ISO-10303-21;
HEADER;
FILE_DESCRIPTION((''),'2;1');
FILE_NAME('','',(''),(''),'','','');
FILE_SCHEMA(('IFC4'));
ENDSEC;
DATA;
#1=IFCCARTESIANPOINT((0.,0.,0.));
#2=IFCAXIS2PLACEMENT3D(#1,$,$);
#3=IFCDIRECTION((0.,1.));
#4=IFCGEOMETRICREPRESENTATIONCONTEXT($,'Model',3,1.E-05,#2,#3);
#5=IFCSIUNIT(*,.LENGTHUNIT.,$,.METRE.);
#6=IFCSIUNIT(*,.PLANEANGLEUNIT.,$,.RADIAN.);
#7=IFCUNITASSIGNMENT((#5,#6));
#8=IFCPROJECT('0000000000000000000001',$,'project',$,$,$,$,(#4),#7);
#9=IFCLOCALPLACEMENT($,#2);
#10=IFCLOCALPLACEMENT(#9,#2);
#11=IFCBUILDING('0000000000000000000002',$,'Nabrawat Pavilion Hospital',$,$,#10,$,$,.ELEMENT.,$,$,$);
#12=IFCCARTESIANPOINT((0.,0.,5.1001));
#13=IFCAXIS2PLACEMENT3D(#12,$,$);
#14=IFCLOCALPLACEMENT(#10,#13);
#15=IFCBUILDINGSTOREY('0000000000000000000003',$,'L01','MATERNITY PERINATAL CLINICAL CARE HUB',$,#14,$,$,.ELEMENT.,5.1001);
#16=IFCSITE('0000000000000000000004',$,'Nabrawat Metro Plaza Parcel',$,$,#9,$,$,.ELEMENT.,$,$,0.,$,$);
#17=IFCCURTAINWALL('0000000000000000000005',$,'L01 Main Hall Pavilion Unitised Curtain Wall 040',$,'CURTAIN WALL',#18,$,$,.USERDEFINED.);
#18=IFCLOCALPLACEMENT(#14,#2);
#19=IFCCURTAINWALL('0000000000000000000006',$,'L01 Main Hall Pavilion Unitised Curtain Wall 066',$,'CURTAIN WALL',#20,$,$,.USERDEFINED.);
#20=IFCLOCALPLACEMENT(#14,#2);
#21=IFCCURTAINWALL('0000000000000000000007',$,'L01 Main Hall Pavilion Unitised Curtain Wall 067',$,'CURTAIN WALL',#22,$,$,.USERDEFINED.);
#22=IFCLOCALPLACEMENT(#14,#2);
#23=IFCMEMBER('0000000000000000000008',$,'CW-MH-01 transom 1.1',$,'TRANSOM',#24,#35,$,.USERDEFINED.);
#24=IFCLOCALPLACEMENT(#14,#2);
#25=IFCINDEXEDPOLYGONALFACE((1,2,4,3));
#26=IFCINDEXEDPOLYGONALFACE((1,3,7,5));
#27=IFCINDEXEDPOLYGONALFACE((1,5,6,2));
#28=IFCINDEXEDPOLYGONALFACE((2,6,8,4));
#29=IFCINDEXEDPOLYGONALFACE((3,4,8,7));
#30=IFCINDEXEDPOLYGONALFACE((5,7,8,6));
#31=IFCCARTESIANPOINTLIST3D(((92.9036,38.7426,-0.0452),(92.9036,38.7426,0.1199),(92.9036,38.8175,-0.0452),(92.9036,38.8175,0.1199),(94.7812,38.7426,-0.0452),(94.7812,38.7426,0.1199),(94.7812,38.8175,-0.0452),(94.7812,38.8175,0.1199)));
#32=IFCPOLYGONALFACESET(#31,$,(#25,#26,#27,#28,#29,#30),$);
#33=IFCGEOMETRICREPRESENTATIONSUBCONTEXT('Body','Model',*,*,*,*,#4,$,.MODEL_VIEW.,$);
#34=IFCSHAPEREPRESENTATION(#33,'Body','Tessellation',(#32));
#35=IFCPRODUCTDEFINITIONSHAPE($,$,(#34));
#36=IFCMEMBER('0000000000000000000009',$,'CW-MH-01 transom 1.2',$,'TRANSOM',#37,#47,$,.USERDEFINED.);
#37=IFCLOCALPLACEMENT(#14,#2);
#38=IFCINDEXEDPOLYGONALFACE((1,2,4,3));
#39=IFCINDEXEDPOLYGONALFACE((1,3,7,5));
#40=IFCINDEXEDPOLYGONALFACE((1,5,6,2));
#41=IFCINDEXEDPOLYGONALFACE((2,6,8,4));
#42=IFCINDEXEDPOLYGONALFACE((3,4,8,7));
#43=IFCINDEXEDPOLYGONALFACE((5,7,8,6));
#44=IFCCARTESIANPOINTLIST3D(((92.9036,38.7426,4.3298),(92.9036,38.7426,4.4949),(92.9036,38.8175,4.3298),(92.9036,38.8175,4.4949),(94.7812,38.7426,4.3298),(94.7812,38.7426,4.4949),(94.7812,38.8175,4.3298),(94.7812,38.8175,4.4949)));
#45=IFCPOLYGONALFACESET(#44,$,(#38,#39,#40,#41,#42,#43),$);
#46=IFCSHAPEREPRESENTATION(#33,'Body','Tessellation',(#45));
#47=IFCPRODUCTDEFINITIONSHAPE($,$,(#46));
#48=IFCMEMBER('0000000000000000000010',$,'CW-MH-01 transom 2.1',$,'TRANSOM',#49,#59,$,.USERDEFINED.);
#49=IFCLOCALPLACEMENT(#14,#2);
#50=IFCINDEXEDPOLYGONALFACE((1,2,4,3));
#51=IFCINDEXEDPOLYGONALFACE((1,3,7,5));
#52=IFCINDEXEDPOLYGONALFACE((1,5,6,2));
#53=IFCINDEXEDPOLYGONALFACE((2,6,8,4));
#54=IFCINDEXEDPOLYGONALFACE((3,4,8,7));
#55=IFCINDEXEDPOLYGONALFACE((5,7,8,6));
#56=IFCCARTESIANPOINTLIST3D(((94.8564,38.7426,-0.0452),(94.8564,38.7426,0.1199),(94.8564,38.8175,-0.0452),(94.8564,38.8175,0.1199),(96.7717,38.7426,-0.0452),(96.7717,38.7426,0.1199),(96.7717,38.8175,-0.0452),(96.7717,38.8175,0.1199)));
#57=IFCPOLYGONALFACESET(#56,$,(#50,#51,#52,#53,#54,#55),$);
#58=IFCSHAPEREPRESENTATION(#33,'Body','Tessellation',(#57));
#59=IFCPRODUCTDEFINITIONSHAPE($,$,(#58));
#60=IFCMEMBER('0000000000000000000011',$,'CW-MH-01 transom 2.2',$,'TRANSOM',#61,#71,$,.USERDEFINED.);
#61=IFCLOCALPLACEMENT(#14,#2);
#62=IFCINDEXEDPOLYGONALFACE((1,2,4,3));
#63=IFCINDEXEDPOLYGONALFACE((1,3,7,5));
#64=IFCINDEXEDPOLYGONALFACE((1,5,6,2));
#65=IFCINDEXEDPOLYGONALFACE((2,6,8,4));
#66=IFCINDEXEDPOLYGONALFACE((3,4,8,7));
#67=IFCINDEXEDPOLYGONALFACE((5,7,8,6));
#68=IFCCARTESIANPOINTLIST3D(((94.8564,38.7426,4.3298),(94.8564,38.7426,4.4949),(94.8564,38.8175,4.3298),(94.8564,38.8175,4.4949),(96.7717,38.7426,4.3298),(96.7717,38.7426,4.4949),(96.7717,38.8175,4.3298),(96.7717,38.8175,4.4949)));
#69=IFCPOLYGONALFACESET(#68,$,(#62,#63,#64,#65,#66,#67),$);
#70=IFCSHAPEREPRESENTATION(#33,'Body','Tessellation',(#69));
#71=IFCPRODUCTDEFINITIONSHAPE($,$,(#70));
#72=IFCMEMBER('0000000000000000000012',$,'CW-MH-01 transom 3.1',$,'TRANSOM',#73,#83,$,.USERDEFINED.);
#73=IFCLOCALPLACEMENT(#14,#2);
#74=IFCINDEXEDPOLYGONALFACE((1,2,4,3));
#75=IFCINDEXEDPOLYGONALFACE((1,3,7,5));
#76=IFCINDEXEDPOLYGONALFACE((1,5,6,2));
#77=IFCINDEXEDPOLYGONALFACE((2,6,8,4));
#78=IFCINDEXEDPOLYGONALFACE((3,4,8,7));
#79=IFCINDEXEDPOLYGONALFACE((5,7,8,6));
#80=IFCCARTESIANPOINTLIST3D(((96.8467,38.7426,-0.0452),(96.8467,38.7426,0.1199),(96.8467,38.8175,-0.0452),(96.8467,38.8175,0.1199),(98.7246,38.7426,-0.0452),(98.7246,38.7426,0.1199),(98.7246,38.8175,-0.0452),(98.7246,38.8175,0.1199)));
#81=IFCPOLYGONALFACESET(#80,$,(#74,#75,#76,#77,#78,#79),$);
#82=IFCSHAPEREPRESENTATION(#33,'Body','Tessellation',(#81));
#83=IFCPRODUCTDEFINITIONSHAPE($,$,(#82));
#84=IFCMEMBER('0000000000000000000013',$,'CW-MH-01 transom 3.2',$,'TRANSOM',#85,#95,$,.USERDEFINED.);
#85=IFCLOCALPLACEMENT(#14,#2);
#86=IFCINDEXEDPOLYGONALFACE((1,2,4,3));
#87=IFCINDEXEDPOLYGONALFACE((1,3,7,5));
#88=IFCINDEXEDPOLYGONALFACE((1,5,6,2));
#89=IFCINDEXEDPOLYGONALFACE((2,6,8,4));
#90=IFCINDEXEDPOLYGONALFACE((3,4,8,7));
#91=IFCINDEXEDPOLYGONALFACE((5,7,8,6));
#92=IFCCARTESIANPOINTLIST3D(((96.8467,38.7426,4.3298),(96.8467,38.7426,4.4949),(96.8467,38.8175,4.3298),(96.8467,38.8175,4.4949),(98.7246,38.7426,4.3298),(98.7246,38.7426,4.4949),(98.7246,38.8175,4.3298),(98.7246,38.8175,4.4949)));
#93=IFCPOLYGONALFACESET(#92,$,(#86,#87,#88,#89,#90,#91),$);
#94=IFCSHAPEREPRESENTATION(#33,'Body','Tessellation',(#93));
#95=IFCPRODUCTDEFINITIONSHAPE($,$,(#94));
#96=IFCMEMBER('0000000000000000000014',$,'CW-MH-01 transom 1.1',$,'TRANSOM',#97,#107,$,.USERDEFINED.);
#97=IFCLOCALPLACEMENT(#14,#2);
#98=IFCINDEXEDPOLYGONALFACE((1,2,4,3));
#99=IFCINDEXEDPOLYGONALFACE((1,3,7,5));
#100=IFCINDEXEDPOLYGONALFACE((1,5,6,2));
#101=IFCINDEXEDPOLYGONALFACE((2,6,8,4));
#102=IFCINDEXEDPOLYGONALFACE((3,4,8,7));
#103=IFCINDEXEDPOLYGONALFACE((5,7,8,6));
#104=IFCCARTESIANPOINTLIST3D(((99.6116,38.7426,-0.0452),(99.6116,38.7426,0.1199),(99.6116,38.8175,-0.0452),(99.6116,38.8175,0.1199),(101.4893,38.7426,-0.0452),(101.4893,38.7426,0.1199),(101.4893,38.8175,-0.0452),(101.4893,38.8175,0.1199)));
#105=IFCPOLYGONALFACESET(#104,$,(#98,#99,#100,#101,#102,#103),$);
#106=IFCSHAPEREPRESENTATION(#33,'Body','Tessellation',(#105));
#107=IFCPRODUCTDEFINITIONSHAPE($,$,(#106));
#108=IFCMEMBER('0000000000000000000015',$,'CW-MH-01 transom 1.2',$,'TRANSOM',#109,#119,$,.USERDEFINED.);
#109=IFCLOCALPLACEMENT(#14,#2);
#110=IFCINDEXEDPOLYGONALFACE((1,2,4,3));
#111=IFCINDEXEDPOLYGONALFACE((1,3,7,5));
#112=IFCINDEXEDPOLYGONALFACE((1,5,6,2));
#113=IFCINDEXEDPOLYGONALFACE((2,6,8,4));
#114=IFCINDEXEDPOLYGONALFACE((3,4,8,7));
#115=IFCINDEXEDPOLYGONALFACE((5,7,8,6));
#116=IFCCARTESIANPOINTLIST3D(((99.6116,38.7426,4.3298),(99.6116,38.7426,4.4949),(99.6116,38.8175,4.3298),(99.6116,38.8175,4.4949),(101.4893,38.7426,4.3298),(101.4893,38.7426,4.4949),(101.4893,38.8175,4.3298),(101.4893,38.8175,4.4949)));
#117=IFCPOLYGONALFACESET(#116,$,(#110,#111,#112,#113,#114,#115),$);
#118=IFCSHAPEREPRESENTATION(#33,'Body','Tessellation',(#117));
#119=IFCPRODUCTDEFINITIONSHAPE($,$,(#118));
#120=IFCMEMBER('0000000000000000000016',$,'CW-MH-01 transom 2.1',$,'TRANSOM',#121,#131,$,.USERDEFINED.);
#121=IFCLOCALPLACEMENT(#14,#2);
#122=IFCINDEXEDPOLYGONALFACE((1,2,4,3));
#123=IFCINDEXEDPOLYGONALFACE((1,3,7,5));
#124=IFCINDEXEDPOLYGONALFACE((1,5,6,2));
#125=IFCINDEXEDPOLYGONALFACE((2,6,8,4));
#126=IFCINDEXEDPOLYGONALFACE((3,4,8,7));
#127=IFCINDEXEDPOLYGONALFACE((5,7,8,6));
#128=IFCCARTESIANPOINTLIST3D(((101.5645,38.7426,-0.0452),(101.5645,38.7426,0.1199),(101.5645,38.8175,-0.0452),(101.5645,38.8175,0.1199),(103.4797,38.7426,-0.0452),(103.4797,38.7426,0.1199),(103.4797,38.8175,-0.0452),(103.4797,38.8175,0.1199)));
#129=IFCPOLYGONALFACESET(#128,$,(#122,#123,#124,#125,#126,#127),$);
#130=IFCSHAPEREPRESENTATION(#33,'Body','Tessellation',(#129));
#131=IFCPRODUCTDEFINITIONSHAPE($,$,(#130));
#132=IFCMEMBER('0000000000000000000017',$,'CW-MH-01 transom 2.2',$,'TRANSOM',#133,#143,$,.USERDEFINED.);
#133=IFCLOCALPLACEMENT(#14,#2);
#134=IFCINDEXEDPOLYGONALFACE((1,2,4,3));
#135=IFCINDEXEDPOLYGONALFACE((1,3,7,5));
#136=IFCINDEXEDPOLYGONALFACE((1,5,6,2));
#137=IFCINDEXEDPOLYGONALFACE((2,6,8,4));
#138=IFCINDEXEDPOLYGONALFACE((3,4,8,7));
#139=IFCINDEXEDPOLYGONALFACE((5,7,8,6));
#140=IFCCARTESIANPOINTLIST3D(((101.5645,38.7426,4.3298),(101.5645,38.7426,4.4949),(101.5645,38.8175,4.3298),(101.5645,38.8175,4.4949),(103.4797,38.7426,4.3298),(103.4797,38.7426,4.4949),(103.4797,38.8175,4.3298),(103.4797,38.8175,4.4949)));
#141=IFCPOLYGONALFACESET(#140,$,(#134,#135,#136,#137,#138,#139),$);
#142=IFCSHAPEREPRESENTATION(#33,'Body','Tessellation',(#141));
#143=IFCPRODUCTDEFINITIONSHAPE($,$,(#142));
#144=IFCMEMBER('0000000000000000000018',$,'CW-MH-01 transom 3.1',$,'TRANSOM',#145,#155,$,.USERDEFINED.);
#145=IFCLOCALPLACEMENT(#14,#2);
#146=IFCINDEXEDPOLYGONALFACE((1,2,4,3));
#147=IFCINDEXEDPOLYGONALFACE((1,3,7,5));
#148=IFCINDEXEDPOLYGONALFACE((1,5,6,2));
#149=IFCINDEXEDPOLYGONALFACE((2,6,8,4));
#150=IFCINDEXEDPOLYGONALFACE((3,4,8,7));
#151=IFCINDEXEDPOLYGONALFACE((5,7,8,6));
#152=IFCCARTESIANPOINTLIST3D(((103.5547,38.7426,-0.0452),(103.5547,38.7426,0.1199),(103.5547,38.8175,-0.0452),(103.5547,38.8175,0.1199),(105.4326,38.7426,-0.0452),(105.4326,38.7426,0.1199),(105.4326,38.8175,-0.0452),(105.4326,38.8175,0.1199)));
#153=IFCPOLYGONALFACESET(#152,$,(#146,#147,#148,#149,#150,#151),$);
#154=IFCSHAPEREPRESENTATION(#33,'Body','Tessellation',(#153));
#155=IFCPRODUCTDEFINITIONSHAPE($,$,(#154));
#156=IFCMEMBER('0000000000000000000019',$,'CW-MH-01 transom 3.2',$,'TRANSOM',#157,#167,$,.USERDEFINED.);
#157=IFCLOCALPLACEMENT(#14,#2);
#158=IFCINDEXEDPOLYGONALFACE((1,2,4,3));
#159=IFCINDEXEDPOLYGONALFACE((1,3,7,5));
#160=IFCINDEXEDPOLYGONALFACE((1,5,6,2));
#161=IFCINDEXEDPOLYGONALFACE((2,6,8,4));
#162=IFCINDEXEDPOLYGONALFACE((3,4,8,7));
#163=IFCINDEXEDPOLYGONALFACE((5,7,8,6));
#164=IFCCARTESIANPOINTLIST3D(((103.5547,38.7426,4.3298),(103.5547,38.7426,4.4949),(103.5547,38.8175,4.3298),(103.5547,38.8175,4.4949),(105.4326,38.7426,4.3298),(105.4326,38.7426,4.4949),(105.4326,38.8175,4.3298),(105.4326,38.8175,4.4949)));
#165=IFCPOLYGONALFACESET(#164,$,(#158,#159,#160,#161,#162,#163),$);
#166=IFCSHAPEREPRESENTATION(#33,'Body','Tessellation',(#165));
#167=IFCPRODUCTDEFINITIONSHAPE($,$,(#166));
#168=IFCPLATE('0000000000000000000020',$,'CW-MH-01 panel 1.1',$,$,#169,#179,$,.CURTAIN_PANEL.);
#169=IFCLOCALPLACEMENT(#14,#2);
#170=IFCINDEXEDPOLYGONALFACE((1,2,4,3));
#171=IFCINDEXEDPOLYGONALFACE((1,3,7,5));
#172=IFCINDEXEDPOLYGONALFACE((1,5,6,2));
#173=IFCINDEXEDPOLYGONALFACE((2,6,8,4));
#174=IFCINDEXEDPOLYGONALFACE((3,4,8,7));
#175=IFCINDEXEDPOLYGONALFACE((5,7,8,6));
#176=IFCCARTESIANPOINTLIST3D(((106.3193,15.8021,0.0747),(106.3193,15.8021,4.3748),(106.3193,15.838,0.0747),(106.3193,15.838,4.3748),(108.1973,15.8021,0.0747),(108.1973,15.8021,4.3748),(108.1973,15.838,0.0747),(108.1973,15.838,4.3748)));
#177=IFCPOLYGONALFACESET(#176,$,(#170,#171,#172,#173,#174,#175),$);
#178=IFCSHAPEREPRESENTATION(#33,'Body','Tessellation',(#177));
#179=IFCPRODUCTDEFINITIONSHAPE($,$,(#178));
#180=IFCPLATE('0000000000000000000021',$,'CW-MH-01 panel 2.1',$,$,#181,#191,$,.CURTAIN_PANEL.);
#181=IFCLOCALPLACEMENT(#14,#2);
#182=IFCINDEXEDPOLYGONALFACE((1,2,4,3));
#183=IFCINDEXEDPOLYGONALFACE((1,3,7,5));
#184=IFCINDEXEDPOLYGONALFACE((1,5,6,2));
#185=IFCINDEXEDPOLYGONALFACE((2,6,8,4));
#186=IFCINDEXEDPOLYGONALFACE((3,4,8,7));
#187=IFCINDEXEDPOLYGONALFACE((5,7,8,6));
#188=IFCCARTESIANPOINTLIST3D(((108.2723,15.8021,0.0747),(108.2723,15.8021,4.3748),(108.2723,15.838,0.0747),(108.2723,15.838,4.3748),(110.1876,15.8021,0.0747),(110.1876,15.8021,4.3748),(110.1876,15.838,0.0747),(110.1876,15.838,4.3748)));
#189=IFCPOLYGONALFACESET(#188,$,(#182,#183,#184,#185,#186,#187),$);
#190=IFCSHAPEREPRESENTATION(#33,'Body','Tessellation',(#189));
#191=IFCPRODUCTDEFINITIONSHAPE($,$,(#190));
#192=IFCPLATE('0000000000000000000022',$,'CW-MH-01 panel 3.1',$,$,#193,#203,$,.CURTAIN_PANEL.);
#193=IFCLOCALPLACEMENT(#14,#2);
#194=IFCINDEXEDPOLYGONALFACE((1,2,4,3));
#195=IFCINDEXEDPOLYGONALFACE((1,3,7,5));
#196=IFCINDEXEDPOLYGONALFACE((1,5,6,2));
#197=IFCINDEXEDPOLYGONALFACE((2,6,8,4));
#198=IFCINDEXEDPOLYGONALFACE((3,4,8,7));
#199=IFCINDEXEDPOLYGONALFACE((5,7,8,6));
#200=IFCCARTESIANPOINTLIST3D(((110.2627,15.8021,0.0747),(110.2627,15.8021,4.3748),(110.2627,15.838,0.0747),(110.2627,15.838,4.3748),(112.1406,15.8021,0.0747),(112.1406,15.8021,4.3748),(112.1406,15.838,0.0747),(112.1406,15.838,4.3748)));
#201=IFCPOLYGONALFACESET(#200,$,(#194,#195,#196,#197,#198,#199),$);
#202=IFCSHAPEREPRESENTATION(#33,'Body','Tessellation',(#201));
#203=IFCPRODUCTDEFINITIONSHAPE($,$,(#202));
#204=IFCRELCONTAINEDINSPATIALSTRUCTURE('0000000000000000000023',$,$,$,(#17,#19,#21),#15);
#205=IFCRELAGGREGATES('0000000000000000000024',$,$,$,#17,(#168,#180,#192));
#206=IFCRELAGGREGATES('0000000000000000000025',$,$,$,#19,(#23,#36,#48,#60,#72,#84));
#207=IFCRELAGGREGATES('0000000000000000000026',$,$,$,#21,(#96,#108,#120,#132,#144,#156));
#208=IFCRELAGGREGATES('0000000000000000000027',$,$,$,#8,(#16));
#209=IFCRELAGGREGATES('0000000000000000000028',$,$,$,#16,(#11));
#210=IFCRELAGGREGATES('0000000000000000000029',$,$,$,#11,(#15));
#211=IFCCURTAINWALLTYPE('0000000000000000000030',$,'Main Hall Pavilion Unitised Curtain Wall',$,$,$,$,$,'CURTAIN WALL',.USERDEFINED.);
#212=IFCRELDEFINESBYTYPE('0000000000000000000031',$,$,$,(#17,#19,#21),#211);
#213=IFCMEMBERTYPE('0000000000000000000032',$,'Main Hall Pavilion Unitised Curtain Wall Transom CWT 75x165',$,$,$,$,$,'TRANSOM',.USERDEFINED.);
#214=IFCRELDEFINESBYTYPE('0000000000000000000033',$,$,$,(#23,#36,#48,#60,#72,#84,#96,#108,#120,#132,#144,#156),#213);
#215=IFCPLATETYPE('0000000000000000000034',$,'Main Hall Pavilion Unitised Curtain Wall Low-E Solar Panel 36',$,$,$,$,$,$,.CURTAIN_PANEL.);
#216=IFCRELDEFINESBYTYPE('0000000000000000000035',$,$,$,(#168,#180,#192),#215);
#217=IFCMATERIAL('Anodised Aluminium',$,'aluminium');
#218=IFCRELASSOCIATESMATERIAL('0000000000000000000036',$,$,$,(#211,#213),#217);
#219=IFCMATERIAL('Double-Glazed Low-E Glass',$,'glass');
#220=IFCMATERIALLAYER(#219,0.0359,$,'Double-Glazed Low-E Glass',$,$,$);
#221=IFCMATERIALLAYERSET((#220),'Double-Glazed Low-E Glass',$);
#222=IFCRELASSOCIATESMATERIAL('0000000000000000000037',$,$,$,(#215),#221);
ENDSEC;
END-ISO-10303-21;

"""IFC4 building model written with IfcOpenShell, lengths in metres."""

from ifc_helpers import new_model, si_unit, direction, frame, origin, origin_2d, place, context, subcontext, project, spatial, rectangle, extrude, material, layer, layer_set, material_profile, profile_set, type_object, element, aggregate, save


model = new_model("IFC4")

# Units and contexts
model_context = context("Model", 3, precision=1e-05, world=origin(), true_north=direction((0.0, 1.0)))
body_context = subcontext(model_context, "Body", "Model", "MODEL_VIEW")
ifc_project = project(units=[si_unit("LENGTHUNIT", "METRE"), si_unit("PLANEANGLEUNIT", "RADIAN")], contexts=[model_context])

# Site, building, storey
site_placement = place(None, origin())
site = spatial("IfcSite", under=ifc_project, at=site_placement, Name="Nabrawat Metro Plaza Parcel", CompositionType="ELEMENT", RefElevation=0.0)
building_placement = place(site_placement, origin())
building = spatial("IfcBuilding", under=site, at=building_placement, Name="Nabrawat Pavilion Hospital", CompositionType="ELEMENT")
storey_placement = place(building_placement, frame((0.0, 0.0, 5.1001)))
storey = spatial("IfcBuildingStorey", under=building, at=storey_placement, Name="L01", Description="MATERNITY PERINATAL CLINICAL CARE HUB", CompositionType="ELEMENT", Elevation=5.1001)

# Curtain wall
ifc_material_1 = material(Name="Anodised Aluminium", Category="aluminium")
curtain_wall_type = type_object("IfcCurtainWallType", Name="Main Hall Pavilion Unitised Curtain Wall", ElementType="CURTAIN WALL", PredefinedType="USERDEFINED", material=ifc_material_1)
curtain_wall_1_placement = place(storey_placement, origin())
curtain_wall_1 = element("IfcCurtainWall", 1, at=curtain_wall_1_placement, inside=storey, type_object=curtain_wall_type, Name="L01 Main Hall Pavilion Unitised Curtain Wall 040", ObjectType="CURTAIN WALL", PredefinedType="USERDEFINED")

# Curtain walls
curtain_wall_2_placement = place(storey_placement, origin())
curtain_wall_2 = element("IfcCurtainWall", 2, at=curtain_wall_2_placement, inside=storey, type_object=curtain_wall_type, Name="L01 Main Hall Pavilion Unitised Curtain Wall 066", ObjectType="CURTAIN WALL", PredefinedType="USERDEFINED")
curtain_wall_3_placement = place(storey_placement, origin())
curtain_wall_3 = element("IfcCurtainWall", 3, at=curtain_wall_3_placement, inside=storey, type_object=curtain_wall_type, Name="L01 Main Hall Pavilion Unitised Curtain Wall 067", ObjectType="CURTAIN WALL", PredefinedType="USERDEFINED")

# Members
ifc_material_profile_1 = material_profile(ifc_material_1, rectangle(XDim=0.075, YDim=0.165, at=origin_2d()), Name="CWT 75x165")
ifc_profile_set_1 = profile_set([ifc_material_profile_1], Name="Anodised Aluminium")
member_type_1 = type_object("IfcMemberType", Name="Main Hall Pavilion Unitised Curtain Wall Transom CWT 75x165", ElementType="TRANSOM", PredefinedType="USERDEFINED", material=ifc_profile_set_1)
member_1_placement = place(storey_placement, frame((92.9036, 38.78, 0.0374), z_axis=(1.0, 0.0, 0.0), x_axis=(0.0, 1.0, 0.0)))
member_1 = element("IfcMember", 4, at=member_1_placement, type_object=member_type_1, Name="CW-MH-01 transom 1.1", ObjectType="TRANSOM", PredefinedType="USERDEFINED", context=body_context, shape_type="SweptSolid", body=[
    extrude(rectangle(XDim=0.075, YDim=0.165, at=origin_2d()), origin(), (0.0, 0.0, 1.0), 1.8777),
])
member_2_placement = place(storey_placement, frame((92.9036, 38.78, 4.4124), z_axis=(1.0, 0.0, 0.0), x_axis=(0.0, 1.0, 0.0)))
member_2 = element("IfcMember", 5, at=member_2_placement, type_object=member_type_1, Name="CW-MH-01 transom 1.2", ObjectType="TRANSOM", PredefinedType="USERDEFINED", context=body_context, shape_type="SweptSolid", body=[
    extrude(rectangle(XDim=0.075, YDim=0.165, at=origin_2d()), origin(), (0.0, 0.0, 1.0), 1.8777),
])
member_3_placement = place(storey_placement, frame((94.8564, 38.78, 0.0374), z_axis=(1.0, 0.0, 0.0), x_axis=(0.0, 1.0, 0.0)))
member_3 = element("IfcMember", 6, at=member_3_placement, type_object=member_type_1, Name="CW-MH-01 transom 2.1", ObjectType="TRANSOM", PredefinedType="USERDEFINED", context=body_context, shape_type="SweptSolid", body=[
    extrude(rectangle(XDim=0.075, YDim=0.165, at=origin_2d()), origin(), (0.0, 0.0, 1.0), 1.9153),
])
member_4_placement = place(storey_placement, frame((94.8564, 38.78, 4.4124), z_axis=(1.0, 0.0, 0.0), x_axis=(0.0, 1.0, 0.0)))
member_4 = element("IfcMember", 7, at=member_4_placement, type_object=member_type_1, Name="CW-MH-01 transom 2.2", ObjectType="TRANSOM", PredefinedType="USERDEFINED", context=body_context, shape_type="SweptSolid", body=[
    extrude(rectangle(XDim=0.075, YDim=0.165, at=origin_2d()), origin(), (0.0, 0.0, 1.0), 1.9153),
])
member_5_placement = place(storey_placement, frame((96.8467, 38.78, 0.0374), z_axis=(1.0, 0.0, 0.0), x_axis=(0.0, 1.0, 0.0)))
member_5 = element("IfcMember", 8, at=member_5_placement, type_object=member_type_1, Name="CW-MH-01 transom 3.1", ObjectType="TRANSOM", PredefinedType="USERDEFINED", context=body_context, shape_type="SweptSolid", body=[
    extrude(rectangle(XDim=0.075, YDim=0.165, at=origin_2d()), origin(), (0.0, 0.0, 1.0), 1.8779),
])
member_6_placement = place(storey_placement, frame((96.8467, 38.78, 4.4124), z_axis=(1.0, 0.0, 0.0), x_axis=(0.0, 1.0, 0.0)))
member_6 = element("IfcMember", 9, at=member_6_placement, type_object=member_type_1, Name="CW-MH-01 transom 3.2", ObjectType="TRANSOM", PredefinedType="USERDEFINED", context=body_context, shape_type="SweptSolid", body=[
    extrude(rectangle(XDim=0.075, YDim=0.165, at=origin_2d()), origin(), (0.0, 0.0, 1.0), 1.8779),
])
member_7_placement = place(storey_placement, frame((99.6116, 38.78, 0.0374), z_axis=(1.0, 0.0, 0.0), x_axis=(0.0, 1.0, 0.0)))
member_7 = element("IfcMember", 10, at=member_7_placement, type_object=member_type_1, Name="CW-MH-01 transom 1.1", ObjectType="TRANSOM", PredefinedType="USERDEFINED", context=body_context, shape_type="SweptSolid", body=[
    extrude(rectangle(XDim=0.075, YDim=0.165, at=origin_2d()), origin(), (0.0, 0.0, 1.0), 1.8777),
])
member_8_placement = place(storey_placement, frame((99.6116, 38.78, 4.4124), z_axis=(1.0, 0.0, 0.0), x_axis=(0.0, 1.0, 0.0)))
member_8 = element("IfcMember", 11, at=member_8_placement, type_object=member_type_1, Name="CW-MH-01 transom 1.2", ObjectType="TRANSOM", PredefinedType="USERDEFINED", context=body_context, shape_type="SweptSolid", body=[
    extrude(rectangle(XDim=0.075, YDim=0.165, at=origin_2d()), origin(), (0.0, 0.0, 1.0), 1.8777),
])
member_9_placement = place(storey_placement, frame((101.5645, 38.78, 0.0374), z_axis=(1.0, 0.0, 0.0), x_axis=(0.0, 1.0, 0.0)))
member_9 = element("IfcMember", 12, at=member_9_placement, type_object=member_type_1, Name="CW-MH-01 transom 2.1", ObjectType="TRANSOM", PredefinedType="USERDEFINED", context=body_context, shape_type="SweptSolid", body=[
    extrude(rectangle(XDim=0.075, YDim=0.165, at=origin_2d()), origin(), (0.0, 0.0, 1.0), 1.9153),
])
member_10_placement = place(storey_placement, frame((101.5645, 38.78, 4.4124), z_axis=(1.0, 0.0, 0.0), x_axis=(0.0, 1.0, 0.0)))
member_10 = element("IfcMember", 13, at=member_10_placement, type_object=member_type_1, Name="CW-MH-01 transom 2.2", ObjectType="TRANSOM", PredefinedType="USERDEFINED", context=body_context, shape_type="SweptSolid", body=[
    extrude(rectangle(XDim=0.075, YDim=0.165, at=origin_2d()), origin(), (0.0, 0.0, 1.0), 1.9153),
])
member_11_placement = place(storey_placement, frame((103.5547, 38.78, 0.0374), z_axis=(1.0, 0.0, 0.0), x_axis=(0.0, 1.0, 0.0)))
member_11 = element("IfcMember", 14, at=member_11_placement, type_object=member_type_1, Name="CW-MH-01 transom 3.1", ObjectType="TRANSOM", PredefinedType="USERDEFINED", context=body_context, shape_type="SweptSolid", body=[
    extrude(rectangle(XDim=0.075, YDim=0.165, at=origin_2d()), origin(), (0.0, 0.0, 1.0), 1.8779),
])
member_12_placement = place(storey_placement, frame((103.5547, 38.78, 4.4124), z_axis=(1.0, 0.0, 0.0), x_axis=(0.0, 1.0, 0.0)))
member_12 = element("IfcMember", 15, at=member_12_placement, type_object=member_type_1, Name="CW-MH-01 transom 3.2", ObjectType="TRANSOM", PredefinedType="USERDEFINED", context=body_context, shape_type="SweptSolid", body=[
    extrude(rectangle(XDim=0.075, YDim=0.165, at=origin_2d()), origin(), (0.0, 0.0, 1.0), 1.8779),
])

# Plates
ifc_material_2 = material(Name="Double-Glazed Low-E Glass", Category="glass")
ifc_layer = layer(ifc_material_2, 0.0359, Name="Double-Glazed Low-E Glass")
ifc_layer_set = layer_set([ifc_layer], Name="Double-Glazed Low-E Glass")
plate_type = type_object("IfcPlateType", Name="Main Hall Pavilion Unitised Curtain Wall Low-E Solar Panel 36", PredefinedType="CURTAIN_PANEL", material=ifc_layer_set)
plate_1_placement = place(storey_placement, frame((107.2583, 15.8201, 0.0747), z_axis=(0.0, 0.0, 1.0), x_axis=(1.0, 0.0, 0.0)))
plate_1 = element("IfcPlate", 16, at=plate_1_placement, type_object=plate_type, Name="CW-MH-01 panel 1.1", PredefinedType="CURTAIN_PANEL", context=body_context, shape_type="SweptSolid", body=[
    extrude(rectangle(XDim=1.8779, YDim=0.0359, at=origin_2d()), origin(), (0.0, 0.0, 1.0), 4.3),
])
plate_2_placement = place(storey_placement, frame((109.23, 15.8201, 0.0747), z_axis=(0.0, 0.0, 1.0), x_axis=(1.0, 0.0, 0.0)))
plate_2 = element("IfcPlate", 17, at=plate_2_placement, type_object=plate_type, Name="CW-MH-01 panel 2.1", PredefinedType="CURTAIN_PANEL", context=body_context, shape_type="SweptSolid", body=[
    extrude(rectangle(XDim=1.9153, YDim=0.0359, at=origin_2d()), origin(), (0.0, 0.0, 1.0), 4.3),
])
plate_3_placement = place(storey_placement, frame((111.2017, 15.8201, 0.0747), z_axis=(0.0, 0.0, 1.0), x_axis=(1.0, 0.0, 0.0)))
plate_3 = element("IfcPlate", 18, at=plate_3_placement, type_object=plate_type, Name="CW-MH-01 panel 3.1", PredefinedType="CURTAIN_PANEL", context=body_context, shape_type="SweptSolid", body=[
    extrude(rectangle(XDim=1.8779, YDim=0.0359, at=origin_2d()), origin(), (0.0, 0.0, 1.0), 4.3),
])
aggregate(curtain_wall_1, [plate_1, plate_2, plate_3])
aggregate(curtain_wall_2, [member_1, member_2, member_3, member_4, member_5, member_6])
aggregate(curtain_wall_3, [member_7, member_8, member_9, member_10, member_11, member_12])

save(model, "model.ifc")
